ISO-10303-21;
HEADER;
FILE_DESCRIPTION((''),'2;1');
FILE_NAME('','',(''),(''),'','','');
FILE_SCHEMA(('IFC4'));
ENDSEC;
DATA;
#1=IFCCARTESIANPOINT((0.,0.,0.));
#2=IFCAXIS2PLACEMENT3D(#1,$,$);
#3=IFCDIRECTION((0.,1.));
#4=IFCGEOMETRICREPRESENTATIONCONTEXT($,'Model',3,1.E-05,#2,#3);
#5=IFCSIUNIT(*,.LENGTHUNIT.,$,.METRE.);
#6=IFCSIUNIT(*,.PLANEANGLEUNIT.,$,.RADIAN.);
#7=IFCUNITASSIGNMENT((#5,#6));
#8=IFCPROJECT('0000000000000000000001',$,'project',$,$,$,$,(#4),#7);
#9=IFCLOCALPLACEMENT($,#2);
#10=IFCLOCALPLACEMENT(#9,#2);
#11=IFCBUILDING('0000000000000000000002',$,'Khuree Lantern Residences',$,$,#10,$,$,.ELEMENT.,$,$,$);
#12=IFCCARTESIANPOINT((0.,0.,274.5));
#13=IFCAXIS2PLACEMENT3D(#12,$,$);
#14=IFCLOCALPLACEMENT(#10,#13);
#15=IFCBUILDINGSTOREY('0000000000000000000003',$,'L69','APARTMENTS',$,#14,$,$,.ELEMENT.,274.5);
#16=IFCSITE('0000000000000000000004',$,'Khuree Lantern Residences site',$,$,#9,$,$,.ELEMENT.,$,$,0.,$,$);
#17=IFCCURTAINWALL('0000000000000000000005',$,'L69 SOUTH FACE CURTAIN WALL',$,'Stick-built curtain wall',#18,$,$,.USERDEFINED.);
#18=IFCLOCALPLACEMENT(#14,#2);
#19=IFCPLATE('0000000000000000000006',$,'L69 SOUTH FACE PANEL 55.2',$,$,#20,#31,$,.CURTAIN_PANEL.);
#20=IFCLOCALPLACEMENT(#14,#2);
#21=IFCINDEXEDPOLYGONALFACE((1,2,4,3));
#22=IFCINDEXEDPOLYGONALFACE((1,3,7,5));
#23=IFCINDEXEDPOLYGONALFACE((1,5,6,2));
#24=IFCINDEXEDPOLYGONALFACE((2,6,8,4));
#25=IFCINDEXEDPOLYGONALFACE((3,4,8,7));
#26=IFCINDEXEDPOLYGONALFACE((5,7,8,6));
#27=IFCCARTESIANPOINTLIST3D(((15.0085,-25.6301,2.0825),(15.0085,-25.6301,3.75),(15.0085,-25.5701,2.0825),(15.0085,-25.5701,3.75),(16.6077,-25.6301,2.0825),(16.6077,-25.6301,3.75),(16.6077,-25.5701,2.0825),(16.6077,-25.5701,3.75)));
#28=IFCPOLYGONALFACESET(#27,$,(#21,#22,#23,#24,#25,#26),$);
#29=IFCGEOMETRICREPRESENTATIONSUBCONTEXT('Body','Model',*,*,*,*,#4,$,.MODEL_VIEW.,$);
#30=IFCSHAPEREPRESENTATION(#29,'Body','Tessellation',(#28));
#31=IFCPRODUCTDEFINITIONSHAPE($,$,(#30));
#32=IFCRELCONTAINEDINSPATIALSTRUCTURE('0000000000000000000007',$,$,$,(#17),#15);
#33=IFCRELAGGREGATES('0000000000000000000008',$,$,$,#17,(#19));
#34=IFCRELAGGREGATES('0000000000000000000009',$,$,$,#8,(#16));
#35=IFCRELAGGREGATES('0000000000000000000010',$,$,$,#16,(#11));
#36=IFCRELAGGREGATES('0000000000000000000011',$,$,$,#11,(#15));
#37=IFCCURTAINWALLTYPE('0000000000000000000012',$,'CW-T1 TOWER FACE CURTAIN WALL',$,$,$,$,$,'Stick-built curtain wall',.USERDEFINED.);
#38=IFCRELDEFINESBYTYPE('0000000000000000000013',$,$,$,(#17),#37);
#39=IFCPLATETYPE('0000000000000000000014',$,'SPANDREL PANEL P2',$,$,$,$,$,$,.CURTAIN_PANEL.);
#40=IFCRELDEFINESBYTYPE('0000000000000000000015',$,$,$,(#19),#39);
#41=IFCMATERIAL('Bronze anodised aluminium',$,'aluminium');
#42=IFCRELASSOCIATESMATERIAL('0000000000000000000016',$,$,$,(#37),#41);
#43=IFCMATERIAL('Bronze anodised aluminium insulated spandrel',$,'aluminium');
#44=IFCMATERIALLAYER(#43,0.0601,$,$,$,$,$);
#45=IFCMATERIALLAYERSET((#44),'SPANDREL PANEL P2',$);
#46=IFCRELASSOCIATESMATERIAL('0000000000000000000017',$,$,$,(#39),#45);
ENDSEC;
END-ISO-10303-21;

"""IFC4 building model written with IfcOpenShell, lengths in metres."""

from ifc_helpers import new_model, si_unit, direction, frame, origin, origin_2d, place, context, subcontext, project, spatial, rectangle, extrude, material, layer, layer_set, type_object, element, aggregate, save


model = new_model("IFC4")

# Units and contexts
model_context = context("Model", 3, precision=1e-05, world=origin(), true_north=direction((0.0, 1.0)))
body_context = subcontext(model_context, "Body", "Model", "MODEL_VIEW")
ifc_project = project(units=[si_unit("LENGTHUNIT", "METRE"), si_unit("PLANEANGLEUNIT", "RADIAN")], contexts=[model_context])

# Site, building, storey
site_placement = place(None, origin())
site = spatial("IfcSite", under=ifc_project, at=site_placement, Name="Khuree Lantern Residences site", CompositionType="ELEMENT", RefElevation=0.0)
building_placement = place(site_placement, origin())
building = spatial("IfcBuilding", under=site, at=building_placement, Name="Khuree Lantern Residences", CompositionType="ELEMENT")
storey_placement = place(building_placement, frame((0.0, 0.0, 274.5)))
storey = spatial("IfcBuildingStorey", under=building, at=storey_placement, Name="L69", Description="APARTMENTS", CompositionType="ELEMENT", Elevation=274.5)

# Curtain wall
ifc_material_1 = material(Name="Bronze anodised aluminium", Category="aluminium")
curtain_wall_type = type_object("IfcCurtainWallType", Name="CW-T1 TOWER FACE CURTAIN WALL", ElementType="Stick-built curtain wall", PredefinedType="USERDEFINED", material=ifc_material_1)
curtain_wall_placement = place(storey_placement, origin())
curtain_wall = element("IfcCurtainWall", 1, at=curtain_wall_placement, inside=storey, type_object=curtain_wall_type, Name="L69 SOUTH FACE CURTAIN WALL", ObjectType="Stick-built curtain wall", PredefinedType="USERDEFINED")

# Plate
ifc_material_2 = material(Name="Bronze anodised aluminium insulated spandrel", Category="aluminium")
ifc_layer_1 = layer(ifc_material_2, 0.0601)
ifc_layer_set_1 = layer_set([ifc_layer_1], Name="SPANDREL PANEL P2")
plate_type_1 = type_object("IfcPlateType", Name="SPANDREL PANEL P2", PredefinedType="CURTAIN_PANEL", material=ifc_layer_set_1)
plate_1_placement = place(storey_placement, frame((15.8081, -25.6001, 2.0825), z_axis=(0.0, 0.0, 1.0), x_axis=(1.0, 0.0, 0.0)))
plate_1 = element("IfcPlate", 2, at=plate_1_placement, type_object=plate_type_1, Name="L69 SOUTH FACE PANEL 55.2", PredefinedType="CURTAIN_PANEL", context=body_context, shape_type="SweptSolid", body=[
    extrude(rectangle(XDim=1.5991, YDim=0.0601, at=origin_2d()), origin(), (0.0, 0.0, 1.0), 1.6675),
])
aggregate(curtain_wall, [plate_1])

save(model, "model.ifc")
